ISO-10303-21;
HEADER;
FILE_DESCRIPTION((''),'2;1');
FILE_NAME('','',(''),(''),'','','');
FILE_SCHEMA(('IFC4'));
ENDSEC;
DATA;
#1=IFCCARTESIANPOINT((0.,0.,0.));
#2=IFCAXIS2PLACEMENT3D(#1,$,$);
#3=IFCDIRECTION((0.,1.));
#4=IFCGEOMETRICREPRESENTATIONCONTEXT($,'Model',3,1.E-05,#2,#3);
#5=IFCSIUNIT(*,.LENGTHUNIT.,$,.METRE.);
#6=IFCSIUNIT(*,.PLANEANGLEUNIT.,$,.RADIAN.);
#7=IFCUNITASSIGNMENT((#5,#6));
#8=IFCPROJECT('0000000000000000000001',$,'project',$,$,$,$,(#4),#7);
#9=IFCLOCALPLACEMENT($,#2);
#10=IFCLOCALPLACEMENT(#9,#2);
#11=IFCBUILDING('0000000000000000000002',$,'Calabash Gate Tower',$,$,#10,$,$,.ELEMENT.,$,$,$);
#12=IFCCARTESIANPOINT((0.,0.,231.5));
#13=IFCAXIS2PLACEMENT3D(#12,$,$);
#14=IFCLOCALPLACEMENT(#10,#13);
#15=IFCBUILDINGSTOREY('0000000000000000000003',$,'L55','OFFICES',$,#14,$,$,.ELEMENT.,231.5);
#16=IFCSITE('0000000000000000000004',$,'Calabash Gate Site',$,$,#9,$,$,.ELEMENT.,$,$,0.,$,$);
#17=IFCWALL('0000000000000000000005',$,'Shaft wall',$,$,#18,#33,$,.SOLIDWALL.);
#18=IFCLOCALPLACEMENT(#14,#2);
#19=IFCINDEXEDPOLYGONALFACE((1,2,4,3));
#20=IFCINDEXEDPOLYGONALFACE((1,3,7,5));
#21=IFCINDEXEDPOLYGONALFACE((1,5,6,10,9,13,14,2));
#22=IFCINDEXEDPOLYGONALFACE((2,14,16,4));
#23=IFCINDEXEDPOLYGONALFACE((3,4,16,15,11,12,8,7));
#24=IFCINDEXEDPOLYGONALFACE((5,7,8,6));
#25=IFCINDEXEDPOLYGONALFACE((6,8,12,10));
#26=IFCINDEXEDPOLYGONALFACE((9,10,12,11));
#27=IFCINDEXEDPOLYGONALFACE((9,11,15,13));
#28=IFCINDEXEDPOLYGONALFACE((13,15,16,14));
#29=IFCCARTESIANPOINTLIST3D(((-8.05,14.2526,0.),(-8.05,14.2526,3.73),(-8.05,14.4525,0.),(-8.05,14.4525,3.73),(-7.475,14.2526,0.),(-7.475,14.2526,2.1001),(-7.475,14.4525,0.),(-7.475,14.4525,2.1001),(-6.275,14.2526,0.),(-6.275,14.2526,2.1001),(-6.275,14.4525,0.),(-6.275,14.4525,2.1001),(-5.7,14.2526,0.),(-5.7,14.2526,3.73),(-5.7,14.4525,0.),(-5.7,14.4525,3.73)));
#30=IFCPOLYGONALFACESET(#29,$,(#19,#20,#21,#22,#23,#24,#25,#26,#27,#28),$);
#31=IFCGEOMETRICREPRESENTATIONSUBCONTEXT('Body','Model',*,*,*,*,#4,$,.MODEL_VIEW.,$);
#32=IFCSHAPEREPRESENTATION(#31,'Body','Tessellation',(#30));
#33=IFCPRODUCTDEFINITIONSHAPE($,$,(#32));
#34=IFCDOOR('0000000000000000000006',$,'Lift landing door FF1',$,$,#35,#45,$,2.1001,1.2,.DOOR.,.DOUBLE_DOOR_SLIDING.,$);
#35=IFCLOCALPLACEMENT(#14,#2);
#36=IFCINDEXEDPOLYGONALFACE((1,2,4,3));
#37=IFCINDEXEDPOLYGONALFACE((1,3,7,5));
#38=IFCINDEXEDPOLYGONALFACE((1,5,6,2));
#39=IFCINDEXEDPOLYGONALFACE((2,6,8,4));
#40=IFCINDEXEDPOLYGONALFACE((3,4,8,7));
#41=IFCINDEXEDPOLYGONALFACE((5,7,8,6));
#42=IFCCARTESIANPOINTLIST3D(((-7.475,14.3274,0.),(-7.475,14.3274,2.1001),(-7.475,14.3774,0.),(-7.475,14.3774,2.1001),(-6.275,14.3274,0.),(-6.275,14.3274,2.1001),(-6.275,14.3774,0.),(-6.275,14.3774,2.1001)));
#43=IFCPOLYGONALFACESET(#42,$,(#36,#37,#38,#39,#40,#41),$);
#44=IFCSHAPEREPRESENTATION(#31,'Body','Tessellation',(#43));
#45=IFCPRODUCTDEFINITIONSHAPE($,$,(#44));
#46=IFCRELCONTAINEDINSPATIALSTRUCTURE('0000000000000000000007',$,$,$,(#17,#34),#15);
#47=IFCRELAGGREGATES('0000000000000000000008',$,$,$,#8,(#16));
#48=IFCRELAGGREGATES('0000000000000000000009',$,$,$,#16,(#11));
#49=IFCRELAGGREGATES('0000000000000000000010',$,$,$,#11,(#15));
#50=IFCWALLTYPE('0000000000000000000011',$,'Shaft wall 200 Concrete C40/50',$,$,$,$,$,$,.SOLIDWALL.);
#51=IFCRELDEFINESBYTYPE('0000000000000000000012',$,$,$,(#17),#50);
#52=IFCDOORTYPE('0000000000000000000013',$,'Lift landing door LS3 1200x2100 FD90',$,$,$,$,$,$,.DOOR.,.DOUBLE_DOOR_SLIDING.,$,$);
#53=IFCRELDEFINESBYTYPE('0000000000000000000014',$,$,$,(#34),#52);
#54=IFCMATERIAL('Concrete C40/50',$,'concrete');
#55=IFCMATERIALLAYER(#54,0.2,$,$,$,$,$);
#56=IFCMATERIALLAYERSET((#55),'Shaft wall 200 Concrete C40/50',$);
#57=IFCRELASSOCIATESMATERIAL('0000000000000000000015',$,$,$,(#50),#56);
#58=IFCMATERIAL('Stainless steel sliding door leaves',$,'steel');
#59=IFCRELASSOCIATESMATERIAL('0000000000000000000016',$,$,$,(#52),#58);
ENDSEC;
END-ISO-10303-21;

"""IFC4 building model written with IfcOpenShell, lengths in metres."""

from ifc_helpers import new_model, si_unit, direction, frame, frame_2d, origin, place, context, subcontext, project, spatial, rectangle, extrude, material, layer, layer_set, type_object, element, fill, save


model = new_model("IFC4")

# Units and contexts
model_context = context("Model", 3, precision=1e-05, world=origin(), true_north=direction((0.0, 1.0)))
body_context = subcontext(model_context, "Body", "Model", "MODEL_VIEW")
ifc_project = project(units=[si_unit("LENGTHUNIT", "METRE"), si_unit("PLANEANGLEUNIT", "RADIAN")], contexts=[model_context])

# Site, building, storey
site_placement = place(None, origin())
site = spatial("IfcSite", under=ifc_project, at=site_placement, Name="Calabash Gate Site", CompositionType="ELEMENT", RefElevation=0.0)
building_placement = place(site_placement, origin())
building = spatial("IfcBuilding", under=site, at=building_placement, Name="Calabash Gate Tower", CompositionType="ELEMENT")
storey_placement = place(building_placement, frame((0.0, 0.0, 231.5)))
storey = spatial("IfcBuildingStorey", under=building, at=storey_placement, Name="L55", Description="OFFICES", CompositionType="ELEMENT", Elevation=231.5)

# Shared definitions
ifc_material_1 = material(Name="Concrete C40/50", Category="concrete")
ifc_layer_1 = layer(ifc_material_1, 0.2)
ifc_layer_set_1 = layer_set([ifc_layer_1], Name="Shaft wall 200 Concrete C40/50")
wall_type_1 = type_object("IfcWallType", Name="Shaft wall 200 Concrete C40/50", PredefinedType="SOLIDWALL", material=ifc_layer_set_1)

# Wall, opening, door
wall_1_placement = place(storey_placement, frame((-8.05, 14.3525, 0.0), z_axis=(0.0, 0.0, 1.0), x_axis=(1.0, 0.0, 0.0)))
wall_1 = element("IfcWall", 1, at=wall_1_placement, inside=storey, type_object=wall_type_1, Name="Shaft wall", PredefinedType="SOLIDWALL", context=body_context, shape_type="SweptSolid", body=[
    extrude(rectangle(XDim=2.3501, YDim=0.2, at=frame_2d((1.175, 0.0))), origin(), (0.0, 0.0, 1.0), 3.73),
])
opening_1_placement = place(wall_1_placement, frame((0.575, 0.0, 0.0)))
opening_1 = element("IfcOpeningElement", 2, at=opening_1_placement, cuts=wall_1, PredefinedType="OPENING", context=body_context, shape_type="SweptSolid", body=[
    extrude(rectangle(XDim=1.2, YDim=2.1001, at=frame_2d((0.6001, 1.05))), frame((0.0, 0.1099, 0.0), z_axis=(0.0, -1.0, 0.0), x_axis=(1.0, 0.0, 0.0)), (0.0, 0.0, 1.0), 0.22),
])
ifc_material_2 = material(Name="Stainless steel sliding door leaves", Category="steel")
door_type_1 = type_object("IfcDoorType", Name="Lift landing door LS3 1200x2100 FD90", OperationType="DOUBLE_DOOR_SLIDING", PredefinedType="DOOR", material=ifc_material_2)
door_1_placement = place(opening_1_placement, origin())
door_1 = element("IfcDoor", 3, at=door_1_placement, inside=storey, type_object=door_type_1, Name="Lift landing door FF1", OperationType="DOUBLE_DOOR_SLIDING", OverallHeight=2.1001, OverallWidth=1.2, PredefinedType="DOOR", context=body_context, shape_type="SweptSolid", body=[
    extrude(rectangle(XDim=1.2, YDim=2.1001, at=frame_2d((0.6001, 1.05))), frame((0.0, 0.0249, 0.0), z_axis=(0.0, -1.0, 0.0), x_axis=(1.0, 0.0, 0.0)), (0.0, 0.0, 1.0), 0.05),
])
fill(opening_1, door_1)

save(model, "model.ifc")
